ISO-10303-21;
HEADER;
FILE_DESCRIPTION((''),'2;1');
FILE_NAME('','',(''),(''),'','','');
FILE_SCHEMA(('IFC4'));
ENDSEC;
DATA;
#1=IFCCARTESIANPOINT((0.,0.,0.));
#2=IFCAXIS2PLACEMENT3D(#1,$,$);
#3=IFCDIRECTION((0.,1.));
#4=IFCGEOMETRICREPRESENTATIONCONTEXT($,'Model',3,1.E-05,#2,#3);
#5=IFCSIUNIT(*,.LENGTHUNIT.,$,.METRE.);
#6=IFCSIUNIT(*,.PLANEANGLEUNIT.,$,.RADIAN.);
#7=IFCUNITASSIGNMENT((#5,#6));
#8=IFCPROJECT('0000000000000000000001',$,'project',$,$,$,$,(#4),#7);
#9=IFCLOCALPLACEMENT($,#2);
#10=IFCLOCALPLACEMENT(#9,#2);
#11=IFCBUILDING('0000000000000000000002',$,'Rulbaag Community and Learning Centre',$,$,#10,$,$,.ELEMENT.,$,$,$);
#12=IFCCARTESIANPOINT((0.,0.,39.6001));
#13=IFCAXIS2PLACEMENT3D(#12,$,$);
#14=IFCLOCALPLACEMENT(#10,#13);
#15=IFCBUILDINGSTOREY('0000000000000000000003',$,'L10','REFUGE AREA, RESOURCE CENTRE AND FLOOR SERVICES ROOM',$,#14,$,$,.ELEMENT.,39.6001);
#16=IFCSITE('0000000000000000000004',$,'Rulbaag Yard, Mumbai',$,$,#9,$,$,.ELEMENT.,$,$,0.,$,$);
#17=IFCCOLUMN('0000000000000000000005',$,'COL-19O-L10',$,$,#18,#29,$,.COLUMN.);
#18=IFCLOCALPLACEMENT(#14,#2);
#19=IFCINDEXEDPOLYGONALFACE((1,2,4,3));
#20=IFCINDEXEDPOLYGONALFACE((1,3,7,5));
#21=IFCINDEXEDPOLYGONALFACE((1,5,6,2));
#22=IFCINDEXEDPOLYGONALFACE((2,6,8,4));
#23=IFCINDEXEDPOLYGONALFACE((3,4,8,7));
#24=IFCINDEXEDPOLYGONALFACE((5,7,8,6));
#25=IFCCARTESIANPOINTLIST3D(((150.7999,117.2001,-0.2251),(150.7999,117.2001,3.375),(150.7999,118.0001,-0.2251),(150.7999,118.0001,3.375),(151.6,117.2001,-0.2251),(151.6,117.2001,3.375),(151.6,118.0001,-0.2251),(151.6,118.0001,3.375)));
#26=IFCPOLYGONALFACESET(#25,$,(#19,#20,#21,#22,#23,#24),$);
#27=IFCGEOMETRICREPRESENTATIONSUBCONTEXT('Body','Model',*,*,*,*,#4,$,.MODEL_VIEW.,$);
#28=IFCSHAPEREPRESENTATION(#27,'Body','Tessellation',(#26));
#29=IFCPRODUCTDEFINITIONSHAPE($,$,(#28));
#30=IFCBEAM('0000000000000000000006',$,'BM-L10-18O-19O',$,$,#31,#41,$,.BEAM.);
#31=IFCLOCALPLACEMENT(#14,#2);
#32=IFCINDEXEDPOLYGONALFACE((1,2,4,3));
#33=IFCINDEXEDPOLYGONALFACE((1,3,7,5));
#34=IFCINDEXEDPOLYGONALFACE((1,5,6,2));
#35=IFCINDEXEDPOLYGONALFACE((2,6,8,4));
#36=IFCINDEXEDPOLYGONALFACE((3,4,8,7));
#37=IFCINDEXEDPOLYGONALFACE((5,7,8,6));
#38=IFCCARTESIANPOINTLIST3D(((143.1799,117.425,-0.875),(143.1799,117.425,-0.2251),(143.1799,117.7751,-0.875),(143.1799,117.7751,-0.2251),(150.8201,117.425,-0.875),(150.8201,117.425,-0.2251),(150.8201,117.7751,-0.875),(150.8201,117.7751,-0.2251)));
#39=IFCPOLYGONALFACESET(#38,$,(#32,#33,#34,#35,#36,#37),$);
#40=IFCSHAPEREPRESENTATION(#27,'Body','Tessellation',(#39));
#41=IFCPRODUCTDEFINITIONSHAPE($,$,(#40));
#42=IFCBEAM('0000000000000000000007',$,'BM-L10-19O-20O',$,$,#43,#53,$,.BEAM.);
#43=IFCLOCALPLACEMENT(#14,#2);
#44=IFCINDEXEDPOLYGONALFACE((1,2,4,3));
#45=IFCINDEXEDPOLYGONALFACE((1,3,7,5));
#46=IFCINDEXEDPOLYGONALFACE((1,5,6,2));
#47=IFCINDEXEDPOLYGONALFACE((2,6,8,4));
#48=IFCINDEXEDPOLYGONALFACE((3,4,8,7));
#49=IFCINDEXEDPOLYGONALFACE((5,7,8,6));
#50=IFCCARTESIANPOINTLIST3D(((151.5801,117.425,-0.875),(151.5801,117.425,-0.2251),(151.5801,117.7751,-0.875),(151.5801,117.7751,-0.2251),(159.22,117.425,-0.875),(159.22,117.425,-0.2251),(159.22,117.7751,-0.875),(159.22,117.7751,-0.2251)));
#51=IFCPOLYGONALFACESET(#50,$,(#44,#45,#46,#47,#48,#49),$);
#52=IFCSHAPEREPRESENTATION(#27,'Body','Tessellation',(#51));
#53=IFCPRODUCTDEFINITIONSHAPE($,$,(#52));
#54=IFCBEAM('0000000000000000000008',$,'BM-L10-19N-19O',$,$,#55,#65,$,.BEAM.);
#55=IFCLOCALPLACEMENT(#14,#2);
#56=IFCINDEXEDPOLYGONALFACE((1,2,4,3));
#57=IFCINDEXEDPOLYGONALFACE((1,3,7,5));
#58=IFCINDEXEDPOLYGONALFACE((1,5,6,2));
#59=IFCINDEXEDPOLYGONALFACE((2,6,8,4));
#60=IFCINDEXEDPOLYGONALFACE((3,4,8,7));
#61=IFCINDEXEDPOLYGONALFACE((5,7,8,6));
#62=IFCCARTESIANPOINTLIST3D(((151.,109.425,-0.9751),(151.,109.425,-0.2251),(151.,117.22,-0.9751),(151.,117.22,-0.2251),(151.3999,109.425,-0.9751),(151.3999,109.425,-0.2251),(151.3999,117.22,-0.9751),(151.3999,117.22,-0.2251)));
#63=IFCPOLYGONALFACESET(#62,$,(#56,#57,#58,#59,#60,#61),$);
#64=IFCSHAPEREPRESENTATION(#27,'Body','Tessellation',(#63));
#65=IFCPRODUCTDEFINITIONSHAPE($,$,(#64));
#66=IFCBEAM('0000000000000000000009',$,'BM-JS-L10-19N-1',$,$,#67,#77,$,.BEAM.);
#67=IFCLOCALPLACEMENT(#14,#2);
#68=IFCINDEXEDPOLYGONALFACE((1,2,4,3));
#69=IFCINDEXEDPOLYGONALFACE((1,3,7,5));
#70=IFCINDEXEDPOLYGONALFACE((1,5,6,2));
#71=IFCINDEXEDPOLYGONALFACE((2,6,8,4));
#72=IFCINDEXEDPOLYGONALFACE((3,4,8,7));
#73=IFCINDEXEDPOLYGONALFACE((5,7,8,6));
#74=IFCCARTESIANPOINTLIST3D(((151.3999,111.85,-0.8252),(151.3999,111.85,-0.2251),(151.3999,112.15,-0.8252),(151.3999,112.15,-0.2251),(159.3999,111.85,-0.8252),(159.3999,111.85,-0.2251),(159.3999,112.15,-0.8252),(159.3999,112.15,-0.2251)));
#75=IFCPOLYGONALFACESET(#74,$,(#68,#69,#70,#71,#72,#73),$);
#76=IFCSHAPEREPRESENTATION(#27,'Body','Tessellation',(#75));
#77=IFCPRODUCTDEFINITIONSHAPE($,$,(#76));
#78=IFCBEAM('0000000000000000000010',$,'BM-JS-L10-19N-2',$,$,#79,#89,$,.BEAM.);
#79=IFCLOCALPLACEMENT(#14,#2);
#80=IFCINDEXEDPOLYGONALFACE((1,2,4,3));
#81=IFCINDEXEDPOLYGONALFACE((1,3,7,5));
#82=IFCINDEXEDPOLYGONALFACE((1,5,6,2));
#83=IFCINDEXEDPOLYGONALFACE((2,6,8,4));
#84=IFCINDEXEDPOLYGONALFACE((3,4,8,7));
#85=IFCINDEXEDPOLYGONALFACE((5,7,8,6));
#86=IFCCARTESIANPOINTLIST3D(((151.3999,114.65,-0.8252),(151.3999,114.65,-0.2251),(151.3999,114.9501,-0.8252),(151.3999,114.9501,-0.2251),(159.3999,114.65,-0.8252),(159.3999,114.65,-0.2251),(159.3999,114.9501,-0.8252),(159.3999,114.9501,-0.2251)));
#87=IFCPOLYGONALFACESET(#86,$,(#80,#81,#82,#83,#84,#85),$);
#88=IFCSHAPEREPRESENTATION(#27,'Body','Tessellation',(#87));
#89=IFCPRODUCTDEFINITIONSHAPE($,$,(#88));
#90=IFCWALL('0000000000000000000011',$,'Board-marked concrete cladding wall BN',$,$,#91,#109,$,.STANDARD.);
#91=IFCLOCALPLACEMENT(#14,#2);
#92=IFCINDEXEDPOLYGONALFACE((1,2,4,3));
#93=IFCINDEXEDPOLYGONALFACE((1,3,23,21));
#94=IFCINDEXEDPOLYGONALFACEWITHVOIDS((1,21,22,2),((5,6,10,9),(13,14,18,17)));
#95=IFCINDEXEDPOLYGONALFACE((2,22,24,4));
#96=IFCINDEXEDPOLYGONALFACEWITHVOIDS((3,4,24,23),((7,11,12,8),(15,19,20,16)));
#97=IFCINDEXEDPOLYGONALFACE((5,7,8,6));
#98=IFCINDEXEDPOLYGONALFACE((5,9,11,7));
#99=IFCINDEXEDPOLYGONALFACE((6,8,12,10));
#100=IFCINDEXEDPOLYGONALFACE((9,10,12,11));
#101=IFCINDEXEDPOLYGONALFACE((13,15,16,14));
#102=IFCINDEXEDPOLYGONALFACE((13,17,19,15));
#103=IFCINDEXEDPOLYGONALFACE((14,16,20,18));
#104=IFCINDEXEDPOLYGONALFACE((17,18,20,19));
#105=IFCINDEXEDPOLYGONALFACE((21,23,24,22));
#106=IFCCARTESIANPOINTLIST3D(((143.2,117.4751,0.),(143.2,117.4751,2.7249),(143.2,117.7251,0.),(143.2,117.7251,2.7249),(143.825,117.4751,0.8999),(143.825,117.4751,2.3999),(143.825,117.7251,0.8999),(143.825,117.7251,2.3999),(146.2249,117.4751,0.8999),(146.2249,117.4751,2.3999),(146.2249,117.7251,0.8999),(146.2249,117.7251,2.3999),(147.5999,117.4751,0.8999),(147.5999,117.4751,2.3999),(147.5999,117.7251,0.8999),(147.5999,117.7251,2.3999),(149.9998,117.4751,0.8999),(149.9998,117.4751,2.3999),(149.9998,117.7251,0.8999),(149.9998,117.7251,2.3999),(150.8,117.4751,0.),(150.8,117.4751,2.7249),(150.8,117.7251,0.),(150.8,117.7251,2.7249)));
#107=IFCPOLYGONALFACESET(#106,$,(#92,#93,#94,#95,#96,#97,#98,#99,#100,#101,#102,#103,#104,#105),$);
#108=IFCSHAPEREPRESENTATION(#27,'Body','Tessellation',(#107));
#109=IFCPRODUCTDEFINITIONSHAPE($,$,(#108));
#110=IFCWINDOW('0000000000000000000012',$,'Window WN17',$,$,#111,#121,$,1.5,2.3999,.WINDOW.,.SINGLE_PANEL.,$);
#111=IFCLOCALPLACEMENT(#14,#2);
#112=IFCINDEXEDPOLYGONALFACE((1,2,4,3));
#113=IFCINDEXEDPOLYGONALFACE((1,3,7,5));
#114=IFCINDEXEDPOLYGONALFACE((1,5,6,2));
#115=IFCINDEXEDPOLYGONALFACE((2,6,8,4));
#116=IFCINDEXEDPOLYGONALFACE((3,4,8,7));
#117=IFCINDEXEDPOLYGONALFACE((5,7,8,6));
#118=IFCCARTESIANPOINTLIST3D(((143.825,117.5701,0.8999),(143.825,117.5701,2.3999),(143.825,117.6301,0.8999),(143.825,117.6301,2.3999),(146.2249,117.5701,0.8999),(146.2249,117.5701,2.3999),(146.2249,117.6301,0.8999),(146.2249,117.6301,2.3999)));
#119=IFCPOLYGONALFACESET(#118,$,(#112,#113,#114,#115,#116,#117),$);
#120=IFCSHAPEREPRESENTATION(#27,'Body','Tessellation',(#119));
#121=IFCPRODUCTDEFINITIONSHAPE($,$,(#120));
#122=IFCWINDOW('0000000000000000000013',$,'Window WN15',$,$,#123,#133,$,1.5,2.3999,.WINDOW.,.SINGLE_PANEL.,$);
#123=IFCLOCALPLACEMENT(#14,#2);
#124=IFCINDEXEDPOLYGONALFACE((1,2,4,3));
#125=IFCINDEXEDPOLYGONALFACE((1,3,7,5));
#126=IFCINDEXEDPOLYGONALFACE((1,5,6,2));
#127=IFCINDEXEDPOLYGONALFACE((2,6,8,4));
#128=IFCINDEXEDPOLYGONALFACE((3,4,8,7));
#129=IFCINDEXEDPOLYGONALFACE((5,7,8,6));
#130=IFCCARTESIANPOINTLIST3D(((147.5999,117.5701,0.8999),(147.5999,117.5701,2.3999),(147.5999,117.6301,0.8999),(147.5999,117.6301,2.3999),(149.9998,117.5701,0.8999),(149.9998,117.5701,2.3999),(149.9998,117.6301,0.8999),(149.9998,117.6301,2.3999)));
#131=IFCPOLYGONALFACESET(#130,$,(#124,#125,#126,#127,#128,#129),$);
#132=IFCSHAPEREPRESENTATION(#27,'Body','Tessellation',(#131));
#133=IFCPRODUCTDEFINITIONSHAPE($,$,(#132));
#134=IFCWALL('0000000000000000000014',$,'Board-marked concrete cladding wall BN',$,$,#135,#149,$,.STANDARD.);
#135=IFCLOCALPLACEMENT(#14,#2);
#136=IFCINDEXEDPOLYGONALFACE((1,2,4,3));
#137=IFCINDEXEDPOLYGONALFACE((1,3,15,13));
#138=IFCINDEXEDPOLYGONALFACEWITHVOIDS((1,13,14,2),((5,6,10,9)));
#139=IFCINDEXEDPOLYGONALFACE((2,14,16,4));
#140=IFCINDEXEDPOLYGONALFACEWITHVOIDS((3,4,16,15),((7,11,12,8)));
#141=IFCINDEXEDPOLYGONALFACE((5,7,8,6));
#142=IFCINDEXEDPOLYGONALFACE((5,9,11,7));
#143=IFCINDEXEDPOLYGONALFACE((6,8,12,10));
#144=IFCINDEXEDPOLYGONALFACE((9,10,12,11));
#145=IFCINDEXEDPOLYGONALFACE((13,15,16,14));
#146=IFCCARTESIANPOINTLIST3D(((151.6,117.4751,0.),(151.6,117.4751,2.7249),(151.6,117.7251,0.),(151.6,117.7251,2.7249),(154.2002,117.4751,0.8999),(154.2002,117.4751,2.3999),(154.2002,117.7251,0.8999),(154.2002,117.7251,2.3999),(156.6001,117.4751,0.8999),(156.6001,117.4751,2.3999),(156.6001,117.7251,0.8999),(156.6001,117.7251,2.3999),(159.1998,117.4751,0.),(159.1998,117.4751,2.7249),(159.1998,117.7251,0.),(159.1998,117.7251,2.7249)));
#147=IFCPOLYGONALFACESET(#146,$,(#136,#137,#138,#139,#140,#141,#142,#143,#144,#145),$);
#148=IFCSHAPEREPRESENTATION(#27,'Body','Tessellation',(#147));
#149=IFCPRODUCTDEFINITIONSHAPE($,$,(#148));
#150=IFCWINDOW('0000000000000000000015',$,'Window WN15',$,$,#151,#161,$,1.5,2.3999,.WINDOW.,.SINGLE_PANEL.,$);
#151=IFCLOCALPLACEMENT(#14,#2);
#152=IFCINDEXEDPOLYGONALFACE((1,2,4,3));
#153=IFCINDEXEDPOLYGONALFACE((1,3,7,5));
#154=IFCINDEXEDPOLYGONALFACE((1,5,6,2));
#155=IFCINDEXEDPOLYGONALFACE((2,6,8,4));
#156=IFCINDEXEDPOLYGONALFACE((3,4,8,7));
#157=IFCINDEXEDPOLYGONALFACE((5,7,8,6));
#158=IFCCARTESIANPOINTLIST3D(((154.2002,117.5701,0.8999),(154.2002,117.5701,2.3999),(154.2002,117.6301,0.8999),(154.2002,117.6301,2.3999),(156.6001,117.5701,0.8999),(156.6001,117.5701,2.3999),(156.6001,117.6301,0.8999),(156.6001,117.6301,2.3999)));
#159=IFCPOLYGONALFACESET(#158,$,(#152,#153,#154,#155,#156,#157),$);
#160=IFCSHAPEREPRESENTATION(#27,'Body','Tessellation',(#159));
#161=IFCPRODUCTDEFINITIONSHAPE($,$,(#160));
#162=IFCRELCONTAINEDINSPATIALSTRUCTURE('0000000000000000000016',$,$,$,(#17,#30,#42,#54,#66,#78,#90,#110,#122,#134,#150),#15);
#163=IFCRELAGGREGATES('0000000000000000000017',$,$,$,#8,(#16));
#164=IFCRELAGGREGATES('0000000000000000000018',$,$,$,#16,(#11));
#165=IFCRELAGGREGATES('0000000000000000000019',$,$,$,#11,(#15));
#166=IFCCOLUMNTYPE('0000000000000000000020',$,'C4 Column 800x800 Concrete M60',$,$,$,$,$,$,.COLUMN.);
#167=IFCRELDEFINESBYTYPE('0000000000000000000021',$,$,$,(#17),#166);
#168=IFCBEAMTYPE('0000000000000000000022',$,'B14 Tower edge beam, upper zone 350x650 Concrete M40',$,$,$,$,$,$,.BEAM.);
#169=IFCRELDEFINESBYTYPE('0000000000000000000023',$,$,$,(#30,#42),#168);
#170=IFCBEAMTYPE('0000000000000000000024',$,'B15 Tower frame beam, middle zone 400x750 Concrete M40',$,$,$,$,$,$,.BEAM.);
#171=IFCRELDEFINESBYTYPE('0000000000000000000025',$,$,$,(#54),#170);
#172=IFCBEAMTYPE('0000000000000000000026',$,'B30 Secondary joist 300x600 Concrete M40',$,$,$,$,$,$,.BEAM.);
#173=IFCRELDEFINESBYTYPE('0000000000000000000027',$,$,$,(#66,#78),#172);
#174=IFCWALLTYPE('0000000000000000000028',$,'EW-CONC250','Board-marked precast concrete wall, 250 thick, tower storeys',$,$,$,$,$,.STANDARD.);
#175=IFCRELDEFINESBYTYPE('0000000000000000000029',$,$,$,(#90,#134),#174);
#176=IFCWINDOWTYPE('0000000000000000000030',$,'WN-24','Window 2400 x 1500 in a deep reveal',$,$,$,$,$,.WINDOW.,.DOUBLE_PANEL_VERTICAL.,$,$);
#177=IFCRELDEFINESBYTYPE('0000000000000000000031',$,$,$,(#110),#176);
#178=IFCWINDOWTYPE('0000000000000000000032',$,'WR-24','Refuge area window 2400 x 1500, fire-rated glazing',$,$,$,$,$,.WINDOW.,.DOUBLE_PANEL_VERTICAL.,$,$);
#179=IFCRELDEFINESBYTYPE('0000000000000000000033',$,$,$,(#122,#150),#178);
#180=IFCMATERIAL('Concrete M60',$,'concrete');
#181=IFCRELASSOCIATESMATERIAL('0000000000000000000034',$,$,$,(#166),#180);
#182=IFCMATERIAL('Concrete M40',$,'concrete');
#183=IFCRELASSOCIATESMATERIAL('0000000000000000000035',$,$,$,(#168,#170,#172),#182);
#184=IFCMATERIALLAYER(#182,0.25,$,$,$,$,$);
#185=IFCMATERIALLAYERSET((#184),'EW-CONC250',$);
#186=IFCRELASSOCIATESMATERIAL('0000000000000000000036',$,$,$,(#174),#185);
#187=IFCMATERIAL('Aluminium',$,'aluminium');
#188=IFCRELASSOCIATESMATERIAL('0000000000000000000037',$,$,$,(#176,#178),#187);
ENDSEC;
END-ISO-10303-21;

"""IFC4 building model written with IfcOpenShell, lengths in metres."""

from ifc_helpers import new_model, si_unit, direction, frame, frame_2d, origin, origin_2d, place, context, subcontext, project, spatial, rectangle, extrude, material, layer, layer_set, material_profile, profile_set, type_object, element, fill, save


model = new_model("IFC4")

# Units and contexts
model_context = context("Model", 3, precision=1e-05, world=origin(), true_north=direction((0.0, 1.0)))
body_context = subcontext(model_context, "Body", "Model", "MODEL_VIEW")
ifc_project = project(units=[si_unit("LENGTHUNIT", "METRE"), si_unit("PLANEANGLEUNIT", "RADIAN")], contexts=[model_context])

# Site, building, storey
site_placement = place(None, origin())
site = spatial("IfcSite", under=ifc_project, at=site_placement, Name="Rulbaag Yard, Mumbai", CompositionType="ELEMENT", RefElevation=0.0)
building_placement = place(site_placement, origin())
building = spatial("IfcBuilding", under=site, at=building_placement, Name="Rulbaag Community and Learning Centre", CompositionType="ELEMENT")
storey_placement = place(building_placement, frame((0.0, 0.0, 39.6001)))
storey = spatial("IfcBuildingStorey", under=building, at=storey_placement, Name="L10", Description="REFUGE AREA, RESOURCE CENTRE AND FLOOR SERVICES ROOM", CompositionType="ELEMENT", Elevation=39.6001)

# Column
ifc_material_1 = material(Name="Concrete M60", Category="concrete")
ifc_material_profile_1 = material_profile(ifc_material_1, rectangle(XDim=0.8, YDim=0.8, at=origin_2d()), Name="RC800x800")
ifc_profile_set_1 = profile_set([ifc_material_profile_1], Name="Concrete M60")
column_type = type_object("IfcColumnType", Name="C4 Column 800x800 Concrete M60", PredefinedType="COLUMN", material=ifc_profile_set_1)
column_placement = place(storey_placement, frame((151.2, 117.6001, -0.2251), z_axis=(0.0, 0.0, 1.0), x_axis=(1.0, 0.0, 0.0)))
element("IfcColumn", 1, at=column_placement, inside=storey, type_object=column_type, Name="COL-19O-L10", PredefinedType="COLUMN", context=body_context, shape_type="SweptSolid", body=[
    extrude(rectangle(XDim=0.8, YDim=0.8, at=origin_2d()), origin(), (0.0, 0.0, 1.0), 3.6001),
])

# Beams
ifc_material_2 = material(Name="Concrete M40", Category="concrete")
ifc_material_profile_2 = material_profile(ifc_material_2, rectangle(XDim=0.3501, YDim=0.6499, at=origin_2d()), Name="RB350x650")
ifc_profile_set_2 = profile_set([ifc_material_profile_2], Name="Concrete M40")
beam_type_1 = type_object("IfcBeamType", Name="B14 Tower edge beam, upper zone 350x650 Concrete M40", PredefinedType="BEAM", material=ifc_profile_set_2)
beam_1_placement = place(storey_placement, frame((143.1799, 117.6001, -0.55), z_axis=(1.0, 0.0, 0.0), x_axis=(0.0, 1.0, 0.0)))
element("IfcBeam", 2, at=beam_1_placement, inside=storey, type_object=beam_type_1, Name="BM-L10-18O-19O", PredefinedType="BEAM", context=body_context, shape_type="SweptSolid", body=[
    extrude(rectangle(XDim=0.3501, YDim=0.6499, at=origin_2d()), origin(), (0.0, 0.0, 1.0), 7.6401),
])
beam_2_placement = place(storey_placement, frame((151.5801, 117.6001, -0.55), z_axis=(1.0, 0.0, 0.0), x_axis=(0.0, 1.0, 0.0)))
element("IfcBeam", 3, at=beam_2_placement, inside=storey, type_object=beam_type_1, Name="BM-L10-19O-20O", PredefinedType="BEAM", context=body_context, shape_type="SweptSolid", body=[
    extrude(rectangle(XDim=0.3501, YDim=0.6499, at=origin_2d()), origin(), (0.0, 0.0, 1.0), 7.6399),
])
ifc_material_profile_3 = material_profile(ifc_material_2, rectangle(XDim=0.3999, YDim=0.75, at=origin_2d()), Name="RB400x750")
ifc_profile_set_3 = profile_set([ifc_material_profile_3], Name="Concrete M40")
beam_type_2 = type_object("IfcBeamType", Name="B15 Tower frame beam, middle zone 400x750 Concrete M40", PredefinedType="BEAM", material=ifc_profile_set_3)
beam_3_placement = place(storey_placement, frame((151.2, 109.425, -0.6001), z_axis=(0.0, 1.0, 0.0), x_axis=(-1.0, 0.0, 0.0)))
element("IfcBeam", 4, at=beam_3_placement, inside=storey, type_object=beam_type_2, Name="BM-L10-19N-19O", PredefinedType="BEAM", context=body_context, shape_type="SweptSolid", body=[
    extrude(rectangle(XDim=0.3999, YDim=0.75, at=origin_2d()), origin(), (0.0, 0.0, 1.0), 7.7949),
])
ifc_material_profile_4 = material_profile(ifc_material_2, rectangle(XDim=0.3, YDim=0.6001, at=origin_2d()), Name="RB300x600")
ifc_profile_set_4 = profile_set([ifc_material_profile_4], Name="Concrete M40")
beam_type_3 = type_object("IfcBeamType", Name="B30 Secondary joist 300x600 Concrete M40", PredefinedType="BEAM", material=ifc_profile_set_4)
for number, where, z_axis, x_axis, name in (
    (5, (151.3999, 112.0, -0.5251), (1.0, 0.0, 0.0), (0.0, 1.0, 0.0), "BM-JS-L10-19N-1"),
    (6, (151.3999, 114.8, -0.5251), (1.0, 0.0, 0.0), (0.0, 1.0, 0.0), "BM-JS-L10-19N-2"),
):
    element("IfcBeam", number, at=place(storey_placement, frame(where, z_axis=z_axis, x_axis=x_axis)), inside=storey, type_object=beam_type_3, Name=name, PredefinedType="BEAM", context=body_context, shape_type="SweptSolid", body=[
        extrude(rectangle(XDim=0.3, YDim=0.6001, at=origin_2d()), origin(), (0.0, 0.0, 1.0), 8.0),
    ])

# Wall, openings, windows
ifc_layer_1 = layer(ifc_material_2, 0.25)
ifc_layer_set_1 = layer_set([ifc_layer_1], Name="EW-CONC250")
wall_type_1 = type_object("IfcWallType", Name="EW-CONC250", Description="Board-marked precast concrete wall, 250 thick, tower storeys", PredefinedType="STANDARD", material=ifc_layer_set_1)
wall_1_placement = place(storey_placement, frame((143.2, 117.6001, 0.0), z_axis=(0.0, 0.0, 1.0), x_axis=(1.0, 0.0, 0.0)))
wall_1 = element("IfcWall", 7, at=wall_1_placement, inside=storey, type_object=wall_type_1, Name="Board-marked concrete cladding wall BN", PredefinedType="STANDARD", context=body_context, shape_type="SweptSolid", body=[
    extrude(rectangle(XDim=7.6001, YDim=0.25, at=frame_2d((3.8, 0.0))), origin(), (0.0, 0.0, 1.0), 2.7249),
])
opening_1_placement = place(wall_1_placement, frame((0.625, 0.0, 0.8999)))
opening_1 = element("IfcOpeningElement", 8, at=opening_1_placement, cuts=wall_1, PredefinedType="OPENING", context=body_context, shape_type="SweptSolid", body=[
    extrude(rectangle(XDim=2.3999, YDim=1.5, at=frame_2d((1.2, 0.75))), frame((0.0, 0.135, 0.0), z_axis=(0.0, -1.0, 0.0), x_axis=(1.0, 0.0, 0.0)), (0.0, 0.0, 1.0), 0.27),
])
opening_2_placement = place(wall_1_placement, frame((4.3999, 0.0, 0.8999)))
opening_2 = element("IfcOpeningElement", 9, at=opening_2_placement, cuts=wall_1, PredefinedType="OPENING", context=body_context, shape_type="SweptSolid", body=[
    extrude(rectangle(XDim=2.3999, YDim=1.5, at=frame_2d((1.2, 0.75))), frame((0.0, 0.135, 0.0), z_axis=(0.0, -1.0, 0.0), x_axis=(1.0, 0.0, 0.0)), (0.0, 0.0, 1.0), 0.27),
])
ifc_material_3 = material(Name="Aluminium", Category="aluminium")
window_type_1 = type_object("IfcWindowType", Name="WN-24", Description="Window 2400 x 1500 in a deep reveal", PartitioningType="DOUBLE_PANEL_VERTICAL", PredefinedType="WINDOW", material=ifc_material_3)
window_1_placement = place(opening_1_placement, origin())
window_1 = element("IfcWindow", 10, at=window_1_placement, inside=storey, type_object=window_type_1, Name="Window WN17", OverallHeight=1.5, OverallWidth=2.3999, PartitioningType="SINGLE_PANEL", PredefinedType="WINDOW", context=body_context, shape_type="SweptSolid", body=[
    extrude(rectangle(XDim=2.3999, YDim=1.5, at=frame_2d((1.2, 0.75))), frame((0.0, 0.03, 0.0), z_axis=(0.0, -1.0, 0.0), x_axis=(1.0, 0.0, 0.0)), (0.0, 0.0, 1.0), 0.0601),
])
fill(opening_1, window_1)
window_type_2 = type_object("IfcWindowType", Name="WR-24", Description="Refuge area window 2400 x 1500, fire-rated glazing", PartitioningType="DOUBLE_PANEL_VERTICAL", PredefinedType="WINDOW", material=ifc_material_3)
window_2_placement = place(opening_2_placement, origin())
window_2 = element("IfcWindow", 11, at=window_2_placement, inside=storey, type_object=window_type_2, Name="Window WN15", OverallHeight=1.5, OverallWidth=2.3999, PartitioningType="SINGLE_PANEL", PredefinedType="WINDOW", context=body_context, shape_type="SweptSolid", body=[
    extrude(rectangle(XDim=2.3999, YDim=1.5, at=frame_2d((1.2, 0.75))), frame((0.0, 0.03, 0.0), z_axis=(0.0, -1.0, 0.0), x_axis=(1.0, 0.0, 0.0)), (0.0, 0.0, 1.0), 0.0601),
])
fill(opening_2, window_2)

# Wall, opening, window
wall_2_placement = place(storey_placement, frame((151.6001, 117.6001, 0.0), z_axis=(0.0, 0.0, 1.0), x_axis=(1.0, 0.0, 0.0)))
wall_2 = element("IfcWall", 12, at=wall_2_placement, inside=storey, type_object=wall_type_1, Name="Board-marked concrete cladding wall BN", PredefinedType="STANDARD", context=body_context, shape_type="SweptSolid", body=[
    extrude(rectangle(XDim=7.5999, YDim=0.25, at=frame_2d((3.7998, 0.0))), origin(), (0.0, 0.0, 1.0), 2.7249),
])
opening_3_placement = place(wall_2_placement, frame((2.6001, 0.0, 0.8999)))
opening_3 = element("IfcOpeningElement", 13, at=opening_3_placement, cuts=wall_2, PredefinedType="OPENING", context=body_context, shape_type="SweptSolid", body=[
    extrude(rectangle(XDim=2.3999, YDim=1.5, at=frame_2d((1.2, 0.75))), frame((0.0, 0.135, 0.0), z_axis=(0.0, -1.0, 0.0), x_axis=(1.0, 0.0, 0.0)), (0.0, 0.0, 1.0), 0.27),
])
window_3_placement = place(opening_3_placement, origin())
window_3 = element("IfcWindow", 14, at=window_3_placement, inside=storey, type_object=window_type_2, Name="Window WN15", OverallHeight=1.5, OverallWidth=2.3999, PartitioningType="SINGLE_PANEL", PredefinedType="WINDOW", context=body_context, shape_type="SweptSolid", body=[
    extrude(rectangle(XDim=2.3999, YDim=1.5, at=frame_2d((1.2, 0.75))), frame((0.0, 0.03, 0.0), z_axis=(0.0, -1.0, 0.0), x_axis=(1.0, 0.0, 0.0)), (0.0, 0.0, 1.0), 0.0601),
])
fill(opening_3, window_3)

save(model, "model.ifc")
